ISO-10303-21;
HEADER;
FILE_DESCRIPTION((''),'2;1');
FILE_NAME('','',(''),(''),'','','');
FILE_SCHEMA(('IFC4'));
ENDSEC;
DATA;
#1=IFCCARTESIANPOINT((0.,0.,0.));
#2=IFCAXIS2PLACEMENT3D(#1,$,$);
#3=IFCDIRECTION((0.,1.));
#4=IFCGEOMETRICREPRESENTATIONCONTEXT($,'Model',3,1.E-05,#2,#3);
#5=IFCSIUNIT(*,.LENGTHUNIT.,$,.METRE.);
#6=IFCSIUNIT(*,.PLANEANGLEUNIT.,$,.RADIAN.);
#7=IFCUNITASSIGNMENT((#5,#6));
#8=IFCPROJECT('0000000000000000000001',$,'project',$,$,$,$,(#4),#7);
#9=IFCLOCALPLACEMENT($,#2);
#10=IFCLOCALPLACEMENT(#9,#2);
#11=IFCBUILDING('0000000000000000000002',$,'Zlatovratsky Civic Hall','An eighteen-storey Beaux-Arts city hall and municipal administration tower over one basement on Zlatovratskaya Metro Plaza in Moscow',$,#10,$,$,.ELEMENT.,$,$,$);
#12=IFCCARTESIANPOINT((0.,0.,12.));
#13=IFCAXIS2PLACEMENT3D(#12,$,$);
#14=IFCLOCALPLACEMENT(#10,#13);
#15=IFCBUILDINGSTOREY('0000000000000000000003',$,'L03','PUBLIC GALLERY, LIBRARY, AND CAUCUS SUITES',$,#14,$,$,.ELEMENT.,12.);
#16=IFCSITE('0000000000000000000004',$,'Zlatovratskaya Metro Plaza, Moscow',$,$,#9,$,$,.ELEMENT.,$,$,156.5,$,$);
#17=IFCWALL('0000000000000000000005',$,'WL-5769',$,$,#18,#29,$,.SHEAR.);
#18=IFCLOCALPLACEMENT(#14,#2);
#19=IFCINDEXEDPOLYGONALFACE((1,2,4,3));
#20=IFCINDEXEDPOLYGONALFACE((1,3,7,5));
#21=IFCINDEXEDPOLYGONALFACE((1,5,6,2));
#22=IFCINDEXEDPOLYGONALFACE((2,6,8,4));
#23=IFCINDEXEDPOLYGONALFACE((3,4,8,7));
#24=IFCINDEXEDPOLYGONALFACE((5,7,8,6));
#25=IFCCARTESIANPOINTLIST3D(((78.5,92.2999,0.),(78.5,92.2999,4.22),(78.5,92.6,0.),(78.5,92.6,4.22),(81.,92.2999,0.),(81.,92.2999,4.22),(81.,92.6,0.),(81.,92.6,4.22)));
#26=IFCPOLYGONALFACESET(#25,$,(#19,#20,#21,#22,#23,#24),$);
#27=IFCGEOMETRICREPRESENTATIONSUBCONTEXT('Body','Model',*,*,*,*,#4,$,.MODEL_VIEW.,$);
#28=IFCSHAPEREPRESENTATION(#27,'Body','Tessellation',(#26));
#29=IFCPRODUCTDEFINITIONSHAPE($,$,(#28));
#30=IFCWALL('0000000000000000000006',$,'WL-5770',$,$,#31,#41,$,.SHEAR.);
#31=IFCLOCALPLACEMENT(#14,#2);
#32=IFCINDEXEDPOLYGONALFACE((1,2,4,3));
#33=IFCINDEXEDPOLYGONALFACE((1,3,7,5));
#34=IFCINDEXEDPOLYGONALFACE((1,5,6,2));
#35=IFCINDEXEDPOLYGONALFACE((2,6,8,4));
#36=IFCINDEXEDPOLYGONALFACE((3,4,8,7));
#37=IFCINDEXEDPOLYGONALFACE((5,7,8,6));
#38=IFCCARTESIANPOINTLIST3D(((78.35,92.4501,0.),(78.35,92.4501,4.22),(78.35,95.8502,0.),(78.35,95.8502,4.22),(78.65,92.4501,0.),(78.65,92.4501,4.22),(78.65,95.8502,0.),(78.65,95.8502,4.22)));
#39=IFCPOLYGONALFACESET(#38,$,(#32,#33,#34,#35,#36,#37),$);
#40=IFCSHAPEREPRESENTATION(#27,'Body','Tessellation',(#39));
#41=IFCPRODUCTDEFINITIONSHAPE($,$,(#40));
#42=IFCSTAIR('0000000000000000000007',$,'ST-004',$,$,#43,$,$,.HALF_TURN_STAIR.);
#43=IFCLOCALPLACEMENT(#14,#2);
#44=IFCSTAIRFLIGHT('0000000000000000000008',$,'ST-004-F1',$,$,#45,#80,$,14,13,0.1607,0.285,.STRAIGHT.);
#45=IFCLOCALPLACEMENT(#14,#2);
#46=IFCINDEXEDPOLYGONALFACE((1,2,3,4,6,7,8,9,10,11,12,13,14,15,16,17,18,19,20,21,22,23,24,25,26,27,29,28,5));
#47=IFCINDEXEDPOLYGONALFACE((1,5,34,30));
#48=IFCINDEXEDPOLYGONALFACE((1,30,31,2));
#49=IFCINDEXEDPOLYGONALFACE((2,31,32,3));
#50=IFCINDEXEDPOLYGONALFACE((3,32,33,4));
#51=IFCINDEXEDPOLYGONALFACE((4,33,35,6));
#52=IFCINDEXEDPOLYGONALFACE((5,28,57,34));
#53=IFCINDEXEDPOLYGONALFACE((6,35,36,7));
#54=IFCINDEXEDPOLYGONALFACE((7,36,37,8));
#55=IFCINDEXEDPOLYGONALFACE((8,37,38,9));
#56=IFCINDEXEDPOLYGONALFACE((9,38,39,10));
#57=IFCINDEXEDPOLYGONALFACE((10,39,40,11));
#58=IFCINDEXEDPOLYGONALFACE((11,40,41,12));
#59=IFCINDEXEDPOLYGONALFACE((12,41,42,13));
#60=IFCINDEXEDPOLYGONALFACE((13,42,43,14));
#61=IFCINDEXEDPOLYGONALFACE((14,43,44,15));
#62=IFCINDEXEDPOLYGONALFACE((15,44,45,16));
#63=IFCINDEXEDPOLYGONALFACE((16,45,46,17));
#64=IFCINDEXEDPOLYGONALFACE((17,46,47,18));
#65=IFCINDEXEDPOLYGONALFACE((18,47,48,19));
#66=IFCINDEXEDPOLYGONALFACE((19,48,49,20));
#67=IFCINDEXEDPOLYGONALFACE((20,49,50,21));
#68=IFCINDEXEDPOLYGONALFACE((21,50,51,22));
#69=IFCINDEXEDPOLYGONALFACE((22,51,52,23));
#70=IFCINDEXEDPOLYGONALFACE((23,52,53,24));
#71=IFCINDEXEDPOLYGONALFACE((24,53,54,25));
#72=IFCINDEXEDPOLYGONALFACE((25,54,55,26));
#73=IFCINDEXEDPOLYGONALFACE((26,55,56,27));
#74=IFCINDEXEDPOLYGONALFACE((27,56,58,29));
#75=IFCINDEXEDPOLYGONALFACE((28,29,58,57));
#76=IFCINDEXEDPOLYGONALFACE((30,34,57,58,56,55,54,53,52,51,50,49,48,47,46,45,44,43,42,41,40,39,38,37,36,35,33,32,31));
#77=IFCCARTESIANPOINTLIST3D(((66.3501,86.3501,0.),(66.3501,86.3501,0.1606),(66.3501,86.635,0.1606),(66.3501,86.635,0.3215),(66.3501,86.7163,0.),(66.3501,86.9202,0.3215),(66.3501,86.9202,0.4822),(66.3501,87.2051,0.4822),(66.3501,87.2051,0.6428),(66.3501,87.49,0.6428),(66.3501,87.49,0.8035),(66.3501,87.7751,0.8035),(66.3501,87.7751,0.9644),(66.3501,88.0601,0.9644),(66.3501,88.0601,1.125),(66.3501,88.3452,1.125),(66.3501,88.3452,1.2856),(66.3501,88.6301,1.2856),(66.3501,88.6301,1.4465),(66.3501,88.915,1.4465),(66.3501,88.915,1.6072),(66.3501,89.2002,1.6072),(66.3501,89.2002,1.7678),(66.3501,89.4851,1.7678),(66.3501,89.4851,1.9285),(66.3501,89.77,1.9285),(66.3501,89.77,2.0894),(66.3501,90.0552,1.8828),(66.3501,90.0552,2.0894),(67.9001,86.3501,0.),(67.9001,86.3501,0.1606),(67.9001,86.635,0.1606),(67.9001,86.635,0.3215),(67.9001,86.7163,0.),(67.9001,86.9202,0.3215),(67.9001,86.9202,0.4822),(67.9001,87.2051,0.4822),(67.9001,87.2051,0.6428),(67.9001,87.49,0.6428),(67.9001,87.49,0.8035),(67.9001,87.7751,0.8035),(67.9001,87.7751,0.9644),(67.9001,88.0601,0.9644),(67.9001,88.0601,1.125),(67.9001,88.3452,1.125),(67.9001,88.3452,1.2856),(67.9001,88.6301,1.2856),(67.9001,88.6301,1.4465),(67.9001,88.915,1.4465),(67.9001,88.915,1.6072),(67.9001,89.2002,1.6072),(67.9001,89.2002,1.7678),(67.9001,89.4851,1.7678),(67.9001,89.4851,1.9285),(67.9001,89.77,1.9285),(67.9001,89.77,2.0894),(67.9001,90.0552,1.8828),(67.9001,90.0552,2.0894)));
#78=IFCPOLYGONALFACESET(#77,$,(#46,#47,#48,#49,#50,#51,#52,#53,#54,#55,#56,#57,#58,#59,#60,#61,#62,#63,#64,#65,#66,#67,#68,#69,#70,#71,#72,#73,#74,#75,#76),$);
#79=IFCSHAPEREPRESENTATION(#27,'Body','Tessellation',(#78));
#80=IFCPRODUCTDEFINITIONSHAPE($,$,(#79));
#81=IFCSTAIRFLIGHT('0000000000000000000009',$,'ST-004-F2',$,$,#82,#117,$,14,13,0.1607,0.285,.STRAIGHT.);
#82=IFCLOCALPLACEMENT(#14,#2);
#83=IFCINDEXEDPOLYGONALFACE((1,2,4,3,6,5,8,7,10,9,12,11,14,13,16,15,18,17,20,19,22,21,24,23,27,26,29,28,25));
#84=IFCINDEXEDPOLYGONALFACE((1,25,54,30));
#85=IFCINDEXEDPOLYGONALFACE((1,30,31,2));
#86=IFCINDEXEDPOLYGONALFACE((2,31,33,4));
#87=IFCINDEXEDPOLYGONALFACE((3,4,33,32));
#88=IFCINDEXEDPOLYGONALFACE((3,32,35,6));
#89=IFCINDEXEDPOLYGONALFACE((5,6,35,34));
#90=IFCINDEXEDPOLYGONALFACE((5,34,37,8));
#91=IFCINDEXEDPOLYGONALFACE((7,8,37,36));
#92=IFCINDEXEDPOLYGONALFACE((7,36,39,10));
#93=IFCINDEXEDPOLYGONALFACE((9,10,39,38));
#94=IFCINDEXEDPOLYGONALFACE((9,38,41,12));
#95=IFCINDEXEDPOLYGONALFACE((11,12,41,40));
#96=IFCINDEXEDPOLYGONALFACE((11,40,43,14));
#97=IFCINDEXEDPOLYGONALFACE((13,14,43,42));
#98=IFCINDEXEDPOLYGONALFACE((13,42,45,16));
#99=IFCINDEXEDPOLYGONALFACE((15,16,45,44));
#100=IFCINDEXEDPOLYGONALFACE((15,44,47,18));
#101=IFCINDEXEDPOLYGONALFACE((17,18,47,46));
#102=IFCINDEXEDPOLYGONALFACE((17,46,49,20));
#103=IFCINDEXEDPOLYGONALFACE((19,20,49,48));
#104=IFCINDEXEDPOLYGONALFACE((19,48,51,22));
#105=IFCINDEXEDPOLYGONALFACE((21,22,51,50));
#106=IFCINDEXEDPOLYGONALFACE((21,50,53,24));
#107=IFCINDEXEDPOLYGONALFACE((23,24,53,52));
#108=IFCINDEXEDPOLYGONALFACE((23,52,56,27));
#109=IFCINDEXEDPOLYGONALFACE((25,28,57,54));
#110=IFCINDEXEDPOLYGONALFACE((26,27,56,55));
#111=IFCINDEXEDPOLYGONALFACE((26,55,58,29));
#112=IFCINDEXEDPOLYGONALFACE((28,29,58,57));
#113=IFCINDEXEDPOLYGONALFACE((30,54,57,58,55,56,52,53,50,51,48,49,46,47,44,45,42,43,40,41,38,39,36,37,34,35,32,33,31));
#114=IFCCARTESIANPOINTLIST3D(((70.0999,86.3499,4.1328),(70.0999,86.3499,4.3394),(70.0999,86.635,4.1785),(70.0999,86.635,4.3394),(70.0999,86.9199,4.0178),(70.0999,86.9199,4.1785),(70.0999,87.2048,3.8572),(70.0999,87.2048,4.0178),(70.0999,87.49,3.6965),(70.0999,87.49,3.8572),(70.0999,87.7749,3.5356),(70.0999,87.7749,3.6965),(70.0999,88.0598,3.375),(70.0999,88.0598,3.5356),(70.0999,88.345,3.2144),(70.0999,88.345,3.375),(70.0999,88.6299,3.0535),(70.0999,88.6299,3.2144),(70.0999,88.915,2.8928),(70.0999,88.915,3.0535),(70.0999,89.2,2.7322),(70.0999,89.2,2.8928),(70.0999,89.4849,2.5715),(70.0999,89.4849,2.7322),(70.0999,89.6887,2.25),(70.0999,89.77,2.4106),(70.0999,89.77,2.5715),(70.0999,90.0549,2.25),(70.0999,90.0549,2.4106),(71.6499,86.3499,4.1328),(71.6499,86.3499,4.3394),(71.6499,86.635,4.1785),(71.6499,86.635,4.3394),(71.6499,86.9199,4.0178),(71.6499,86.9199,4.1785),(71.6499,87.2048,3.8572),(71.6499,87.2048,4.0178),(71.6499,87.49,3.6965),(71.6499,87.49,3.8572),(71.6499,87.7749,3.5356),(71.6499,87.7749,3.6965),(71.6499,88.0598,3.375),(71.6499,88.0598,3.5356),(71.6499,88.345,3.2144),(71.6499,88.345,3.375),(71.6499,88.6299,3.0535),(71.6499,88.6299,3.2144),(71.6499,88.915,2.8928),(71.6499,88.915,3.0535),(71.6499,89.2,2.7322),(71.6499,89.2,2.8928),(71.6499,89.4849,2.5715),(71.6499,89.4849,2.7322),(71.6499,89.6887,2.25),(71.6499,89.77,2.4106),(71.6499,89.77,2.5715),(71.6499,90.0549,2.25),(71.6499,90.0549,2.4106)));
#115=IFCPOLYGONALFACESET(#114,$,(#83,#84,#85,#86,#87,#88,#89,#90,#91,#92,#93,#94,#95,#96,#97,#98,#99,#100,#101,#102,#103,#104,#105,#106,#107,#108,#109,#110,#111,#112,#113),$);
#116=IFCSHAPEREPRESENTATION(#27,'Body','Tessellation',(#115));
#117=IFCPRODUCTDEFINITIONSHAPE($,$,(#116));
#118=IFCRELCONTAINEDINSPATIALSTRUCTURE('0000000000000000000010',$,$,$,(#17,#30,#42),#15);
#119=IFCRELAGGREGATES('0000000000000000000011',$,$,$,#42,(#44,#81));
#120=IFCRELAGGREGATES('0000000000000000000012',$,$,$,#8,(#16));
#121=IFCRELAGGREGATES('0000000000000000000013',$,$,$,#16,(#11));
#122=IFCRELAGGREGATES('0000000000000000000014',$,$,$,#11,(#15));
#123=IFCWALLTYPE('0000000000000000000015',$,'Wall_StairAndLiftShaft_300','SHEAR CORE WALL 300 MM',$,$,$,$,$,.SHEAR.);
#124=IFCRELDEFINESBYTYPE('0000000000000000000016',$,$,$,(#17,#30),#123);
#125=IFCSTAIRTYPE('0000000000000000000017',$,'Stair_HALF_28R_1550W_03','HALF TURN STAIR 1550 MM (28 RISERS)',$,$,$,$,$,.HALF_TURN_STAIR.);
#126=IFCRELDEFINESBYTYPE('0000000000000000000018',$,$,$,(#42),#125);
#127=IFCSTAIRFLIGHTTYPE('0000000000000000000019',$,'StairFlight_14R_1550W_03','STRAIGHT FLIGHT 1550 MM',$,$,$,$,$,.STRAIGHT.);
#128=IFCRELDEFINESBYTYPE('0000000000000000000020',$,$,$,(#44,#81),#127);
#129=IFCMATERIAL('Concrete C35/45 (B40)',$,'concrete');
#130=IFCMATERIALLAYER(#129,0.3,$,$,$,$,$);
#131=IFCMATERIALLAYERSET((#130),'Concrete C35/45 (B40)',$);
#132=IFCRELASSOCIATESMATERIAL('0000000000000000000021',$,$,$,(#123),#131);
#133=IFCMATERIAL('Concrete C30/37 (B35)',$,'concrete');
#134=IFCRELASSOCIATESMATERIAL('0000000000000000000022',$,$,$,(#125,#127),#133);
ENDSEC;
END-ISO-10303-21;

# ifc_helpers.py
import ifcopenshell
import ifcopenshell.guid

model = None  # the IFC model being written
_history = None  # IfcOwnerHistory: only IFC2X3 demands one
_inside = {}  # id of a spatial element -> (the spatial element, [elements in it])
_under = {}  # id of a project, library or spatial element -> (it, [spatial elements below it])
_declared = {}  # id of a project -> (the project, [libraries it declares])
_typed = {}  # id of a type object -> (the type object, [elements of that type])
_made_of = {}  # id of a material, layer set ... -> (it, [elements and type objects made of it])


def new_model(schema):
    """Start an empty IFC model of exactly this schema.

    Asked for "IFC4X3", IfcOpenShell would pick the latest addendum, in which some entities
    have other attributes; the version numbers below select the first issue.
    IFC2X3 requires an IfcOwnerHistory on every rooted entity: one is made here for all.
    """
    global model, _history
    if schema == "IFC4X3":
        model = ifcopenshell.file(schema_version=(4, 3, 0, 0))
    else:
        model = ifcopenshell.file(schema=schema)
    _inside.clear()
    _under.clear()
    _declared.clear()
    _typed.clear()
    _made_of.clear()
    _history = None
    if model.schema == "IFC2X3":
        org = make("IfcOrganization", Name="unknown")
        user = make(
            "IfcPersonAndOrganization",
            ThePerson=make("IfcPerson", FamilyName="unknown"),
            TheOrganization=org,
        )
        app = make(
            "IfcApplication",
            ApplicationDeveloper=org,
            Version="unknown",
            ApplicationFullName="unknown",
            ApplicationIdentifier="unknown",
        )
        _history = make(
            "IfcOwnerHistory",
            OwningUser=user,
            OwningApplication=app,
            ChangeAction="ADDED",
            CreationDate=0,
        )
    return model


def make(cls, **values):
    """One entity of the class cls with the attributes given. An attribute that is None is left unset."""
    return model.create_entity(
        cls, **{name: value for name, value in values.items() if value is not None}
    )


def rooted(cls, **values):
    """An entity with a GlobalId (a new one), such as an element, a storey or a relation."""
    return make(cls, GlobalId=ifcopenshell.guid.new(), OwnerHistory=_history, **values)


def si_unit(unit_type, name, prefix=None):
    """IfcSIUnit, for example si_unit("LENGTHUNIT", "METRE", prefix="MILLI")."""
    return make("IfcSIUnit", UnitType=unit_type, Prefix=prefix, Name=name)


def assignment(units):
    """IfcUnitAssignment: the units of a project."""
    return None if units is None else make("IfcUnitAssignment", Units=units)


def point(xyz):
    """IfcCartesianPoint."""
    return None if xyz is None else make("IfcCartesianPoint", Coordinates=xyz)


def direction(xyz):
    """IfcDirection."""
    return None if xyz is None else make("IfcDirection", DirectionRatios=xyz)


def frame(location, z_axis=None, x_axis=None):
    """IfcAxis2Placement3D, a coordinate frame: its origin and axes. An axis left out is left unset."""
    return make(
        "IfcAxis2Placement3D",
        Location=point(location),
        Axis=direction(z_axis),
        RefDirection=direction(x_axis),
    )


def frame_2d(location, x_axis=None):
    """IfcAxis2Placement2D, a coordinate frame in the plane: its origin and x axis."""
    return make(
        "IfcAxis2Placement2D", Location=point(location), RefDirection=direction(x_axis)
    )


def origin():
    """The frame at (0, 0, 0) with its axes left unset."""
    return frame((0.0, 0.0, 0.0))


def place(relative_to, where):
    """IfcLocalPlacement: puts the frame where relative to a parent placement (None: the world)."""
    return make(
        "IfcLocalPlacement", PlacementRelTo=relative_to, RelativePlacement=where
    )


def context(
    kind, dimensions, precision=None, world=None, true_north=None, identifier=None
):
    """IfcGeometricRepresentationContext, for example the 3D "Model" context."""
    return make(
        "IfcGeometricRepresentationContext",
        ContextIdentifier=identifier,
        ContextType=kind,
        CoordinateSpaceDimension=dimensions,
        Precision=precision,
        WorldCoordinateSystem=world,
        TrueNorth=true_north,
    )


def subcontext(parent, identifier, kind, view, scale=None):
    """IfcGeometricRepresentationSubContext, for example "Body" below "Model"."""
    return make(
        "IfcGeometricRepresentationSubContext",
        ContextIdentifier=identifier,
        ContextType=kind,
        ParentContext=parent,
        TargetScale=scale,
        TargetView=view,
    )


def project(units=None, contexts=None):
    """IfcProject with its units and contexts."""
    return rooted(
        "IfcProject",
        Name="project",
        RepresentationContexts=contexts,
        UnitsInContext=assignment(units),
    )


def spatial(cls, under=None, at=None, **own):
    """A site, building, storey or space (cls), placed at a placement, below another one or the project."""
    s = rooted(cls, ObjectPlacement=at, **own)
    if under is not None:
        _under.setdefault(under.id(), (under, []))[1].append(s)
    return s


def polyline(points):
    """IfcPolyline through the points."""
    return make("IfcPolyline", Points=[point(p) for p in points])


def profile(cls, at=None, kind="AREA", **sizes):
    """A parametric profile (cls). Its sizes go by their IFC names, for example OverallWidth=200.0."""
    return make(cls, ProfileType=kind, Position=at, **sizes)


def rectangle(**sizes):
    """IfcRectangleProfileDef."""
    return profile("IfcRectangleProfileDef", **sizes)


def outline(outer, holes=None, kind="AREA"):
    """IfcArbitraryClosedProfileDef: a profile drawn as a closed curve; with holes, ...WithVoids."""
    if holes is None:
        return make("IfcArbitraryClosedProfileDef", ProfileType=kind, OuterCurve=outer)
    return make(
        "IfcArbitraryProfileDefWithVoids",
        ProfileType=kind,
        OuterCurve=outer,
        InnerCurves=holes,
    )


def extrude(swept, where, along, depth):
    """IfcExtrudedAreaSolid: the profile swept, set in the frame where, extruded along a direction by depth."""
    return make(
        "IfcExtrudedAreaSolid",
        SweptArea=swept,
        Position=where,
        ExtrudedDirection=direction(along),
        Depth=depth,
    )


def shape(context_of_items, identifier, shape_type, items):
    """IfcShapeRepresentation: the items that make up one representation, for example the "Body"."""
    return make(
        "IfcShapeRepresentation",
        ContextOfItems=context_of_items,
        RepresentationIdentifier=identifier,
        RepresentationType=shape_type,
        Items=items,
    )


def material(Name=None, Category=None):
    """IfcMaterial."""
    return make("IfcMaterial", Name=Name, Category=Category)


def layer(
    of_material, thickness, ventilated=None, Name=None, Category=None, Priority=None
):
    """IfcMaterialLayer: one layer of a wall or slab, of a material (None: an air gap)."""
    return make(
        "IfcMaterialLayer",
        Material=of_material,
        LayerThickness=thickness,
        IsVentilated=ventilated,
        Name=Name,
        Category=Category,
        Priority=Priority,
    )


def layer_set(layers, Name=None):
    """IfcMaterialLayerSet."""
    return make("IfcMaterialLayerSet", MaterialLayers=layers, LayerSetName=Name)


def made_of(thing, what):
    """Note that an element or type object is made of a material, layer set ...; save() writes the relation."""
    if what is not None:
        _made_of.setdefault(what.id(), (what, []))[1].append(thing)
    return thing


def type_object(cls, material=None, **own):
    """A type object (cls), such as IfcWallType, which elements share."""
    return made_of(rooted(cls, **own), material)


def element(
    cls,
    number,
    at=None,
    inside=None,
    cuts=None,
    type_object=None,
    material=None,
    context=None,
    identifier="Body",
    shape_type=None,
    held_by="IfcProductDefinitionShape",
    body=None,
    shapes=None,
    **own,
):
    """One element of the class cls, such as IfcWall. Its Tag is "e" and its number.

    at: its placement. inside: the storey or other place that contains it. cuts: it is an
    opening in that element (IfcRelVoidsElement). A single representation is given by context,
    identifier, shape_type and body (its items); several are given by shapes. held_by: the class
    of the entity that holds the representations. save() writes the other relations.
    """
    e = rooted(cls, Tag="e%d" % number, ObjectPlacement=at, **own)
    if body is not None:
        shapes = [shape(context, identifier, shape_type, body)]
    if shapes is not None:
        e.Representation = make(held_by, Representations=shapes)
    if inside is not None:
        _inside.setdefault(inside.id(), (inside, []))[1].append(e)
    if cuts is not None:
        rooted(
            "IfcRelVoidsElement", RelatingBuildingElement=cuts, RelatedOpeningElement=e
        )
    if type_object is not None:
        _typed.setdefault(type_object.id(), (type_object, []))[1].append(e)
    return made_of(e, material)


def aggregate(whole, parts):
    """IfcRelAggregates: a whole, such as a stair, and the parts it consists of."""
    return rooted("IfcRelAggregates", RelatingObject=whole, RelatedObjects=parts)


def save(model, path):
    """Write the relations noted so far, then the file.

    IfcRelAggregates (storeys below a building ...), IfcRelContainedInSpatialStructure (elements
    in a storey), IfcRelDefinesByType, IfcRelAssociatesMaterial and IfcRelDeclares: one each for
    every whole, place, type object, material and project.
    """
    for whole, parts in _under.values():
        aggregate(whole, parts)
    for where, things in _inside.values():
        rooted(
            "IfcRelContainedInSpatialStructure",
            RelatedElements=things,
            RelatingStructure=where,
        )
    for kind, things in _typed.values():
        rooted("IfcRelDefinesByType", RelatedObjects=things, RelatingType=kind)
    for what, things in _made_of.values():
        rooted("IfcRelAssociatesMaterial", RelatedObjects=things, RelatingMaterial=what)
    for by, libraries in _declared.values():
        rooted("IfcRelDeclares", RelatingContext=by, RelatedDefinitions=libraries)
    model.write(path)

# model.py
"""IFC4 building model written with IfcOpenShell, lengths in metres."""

from ifc_helpers import new_model, si_unit, direction, frame, frame_2d, origin, place, context, subcontext, project, spatial, polyline, rectangle, outline, extrude, material, layer, layer_set, type_object, element, aggregate, save


model = new_model("IFC4")

# Units and contexts
model_context = context("Model", 3, precision=1e-05, world=origin(), true_north=direction((0.0, 1.0)))
body_context = subcontext(model_context, "Body", "Model", "MODEL_VIEW")
ifc_project = project(units=[si_unit("LENGTHUNIT", "METRE"), si_unit("PLANEANGLEUNIT", "RADIAN")], contexts=[model_context])

# Site, building, storey
site_placement = place(None, origin())
site = spatial("IfcSite", under=ifc_project, at=site_placement, Name="Zlatovratskaya Metro Plaza, Moscow", CompositionType="ELEMENT", RefElevation=156.5)
building_placement = place(site_placement, origin())
building = spatial("IfcBuilding", under=site, at=building_placement, Name="Zlatovratsky Civic Hall", Description="An eighteen-storey Beaux-Arts city hall and municipal administration tower over one basement on Zlatovratskaya Metro Plaza in Moscow", CompositionType="ELEMENT")
storey_placement = place(building_placement, frame((0.0, 0.0, 12.0)))
storey = spatial("IfcBuildingStorey", under=building, at=storey_placement, Name="L03", Description="PUBLIC GALLERY, LIBRARY, AND CAUCUS SUITES", CompositionType="ELEMENT", Elevation=12.0)

# Shared definitions
ifc_material_1 = material(Name="Concrete C35/45 (B40)", Category="concrete")

# Walls
ifc_layer_1 = layer(ifc_material_1, 0.3)
ifc_layer_set_1 = layer_set([ifc_layer_1], Name="Concrete C35/45 (B40)")
wall_type_1 = type_object("IfcWallType", Name="Wall_StairAndLiftShaft_300", Description="SHEAR CORE WALL 300 MM", PredefinedType="SHEAR", material=ifc_layer_set_1)
wall_1_placement = place(storey_placement, frame((78.5, 92.45, 0.0), z_axis=(0.0, 0.0, 1.0), x_axis=(1.0, 0.0, 0.0)))
element("IfcWall", 1, at=wall_1_placement, inside=storey, type_object=wall_type_1, Name="WL-5769", PredefinedType="SHEAR", context=body_context, shape_type="SweptSolid", body=[
    extrude(rectangle(XDim=2.5, YDim=0.3, at=frame_2d((1.25, 0.0))), origin(), (0.0, 0.0, 1.0), 4.22),
])
wall_2_placement = place(storey_placement, frame((78.5, 92.45, 0.0), z_axis=(0.0, 0.0, 1.0), x_axis=(0.0, 1.0, 0.0)))
element("IfcWall", 2, at=wall_2_placement, inside=storey, type_object=wall_type_1, Name="WL-5770", PredefinedType="SHEAR", context=body_context, shape_type="SweptSolid", body=[
    extrude(rectangle(XDim=3.4001, YDim=0.3, at=frame_2d((1.7002, 0.0))), origin(), (0.0, 0.0, 1.0), 4.22),
])

# Stair, stair flights
ifc_material_2 = material(Name="Concrete C30/37 (B35)", Category="concrete")
stair_type = type_object("IfcStairType", Name="Stair_HALF_28R_1550W_03", Description="HALF TURN STAIR 1550 MM (28 RISERS)", PredefinedType="HALF_TURN_STAIR", material=ifc_material_2)
stair_placement = place(storey_placement, origin())
stair = element("IfcStair", 3, at=stair_placement, inside=storey, type_object=stair_type, Name="ST-004", PredefinedType="HALF_TURN_STAIR")
stair_flight_type = type_object("IfcStairFlightType", Name="StairFlight_14R_1550W_03", Description="STRAIGHT FLIGHT 1550 MM", PredefinedType="STRAIGHT", material=ifc_material_2)
stair_flight_1_placement = place(storey_placement, frame((67.125, 86.3501, 0.0), z_axis=(0.0, 0.0, 1.0), x_axis=(0.0, 1.0, 0.0)))
stair_flight_1 = element("IfcStairFlight", 4, at=stair_flight_1_placement, type_object=stair_flight_type, Name="ST-004-F1", NumberOfRisers=14, NumberOfTreads=13, PredefinedType="STRAIGHT", RiserHeight=0.1607, TreadLength=0.285, context=body_context, shape_type="SweptSolid", body=[
    extrude(outline(polyline([(0.0, 0.0), (0.0, 0.1606), (0.2849, 0.1606), (0.2849, 0.3215), (0.5701, 0.3215), (0.5701, 0.4822), (0.855, 0.4822), (0.855, 0.6428), (1.1399, 0.6428), (1.1399, 0.8035), (1.425, 0.8035), (1.425, 0.9644), (1.71, 0.9644), (1.71, 1.125), (1.9951, 1.125), (1.9951, 1.2856), (2.28, 1.2856), (2.28, 1.4465), (2.5649, 1.4465), (2.5649, 1.6072), (2.8501, 1.6072), (2.8501, 1.7678), (3.135, 1.7678), (3.135, 1.9285), (3.4199, 1.9285), (3.4199, 2.0894), (3.7051, 2.0894), (3.7051, 2.25), (3.7051, 1.8828), (0.3662, 0.0), (0.0, 0.0)])), frame((0.0, 0.7749, 0.0), z_axis=(0.0, -1.0, 0.0), x_axis=(1.0, 0.0, 0.0)), (0.0, 0.0, 1.0), 1.55),
])
stair_flight_2_placement = place(storey_placement, frame((70.875, 90.0549, 2.25), z_axis=(0.0, 0.0, 1.0), x_axis=(0.0, -1.0, 0.0)))
stair_flight_2 = element("IfcStairFlight", 5, at=stair_flight_2_placement, type_object=stair_flight_type, Name="ST-004-F2", NumberOfRisers=14, NumberOfTreads=13, PredefinedType="STRAIGHT", RiserHeight=0.1607, TreadLength=0.285, context=body_context, shape_type="SweptSolid", body=[
    extrude(outline(polyline([(0.0, 0.0), (0.0, 0.1606), (0.2849, 0.1606), (0.2849, 0.3215), (0.5701, 0.3215), (0.5701, 0.4822), (0.855, 0.4822), (0.855, 0.6428), (1.1399, 0.6428), (1.1399, 0.8035), (1.425, 0.8035), (1.425, 0.9644), (1.71, 0.9644), (1.71, 1.125), (1.9951, 1.125), (1.9951, 1.2856), (2.28, 1.2856), (2.28, 1.4465), (2.5649, 1.4465), (2.5649, 1.6072), (2.8501, 1.6072), (2.8501, 1.7678), (3.135, 1.7678), (3.135, 1.9285), (3.4199, 1.9285), (3.4199, 2.0894), (3.7051, 2.0894), (3.7051, 2.25), (3.7051, 1.8828), (0.3662, 0.0), (0.0, 0.0)])), frame((0.0, 0.7749, 0.0), z_axis=(0.0, -1.0, 0.0), x_axis=(1.0, 0.0, 0.0)), (0.0, 0.0, 1.0), 1.55),
])
aggregate(stair, [stair_flight_1, stair_flight_2])

save(model, "model.ifc")
